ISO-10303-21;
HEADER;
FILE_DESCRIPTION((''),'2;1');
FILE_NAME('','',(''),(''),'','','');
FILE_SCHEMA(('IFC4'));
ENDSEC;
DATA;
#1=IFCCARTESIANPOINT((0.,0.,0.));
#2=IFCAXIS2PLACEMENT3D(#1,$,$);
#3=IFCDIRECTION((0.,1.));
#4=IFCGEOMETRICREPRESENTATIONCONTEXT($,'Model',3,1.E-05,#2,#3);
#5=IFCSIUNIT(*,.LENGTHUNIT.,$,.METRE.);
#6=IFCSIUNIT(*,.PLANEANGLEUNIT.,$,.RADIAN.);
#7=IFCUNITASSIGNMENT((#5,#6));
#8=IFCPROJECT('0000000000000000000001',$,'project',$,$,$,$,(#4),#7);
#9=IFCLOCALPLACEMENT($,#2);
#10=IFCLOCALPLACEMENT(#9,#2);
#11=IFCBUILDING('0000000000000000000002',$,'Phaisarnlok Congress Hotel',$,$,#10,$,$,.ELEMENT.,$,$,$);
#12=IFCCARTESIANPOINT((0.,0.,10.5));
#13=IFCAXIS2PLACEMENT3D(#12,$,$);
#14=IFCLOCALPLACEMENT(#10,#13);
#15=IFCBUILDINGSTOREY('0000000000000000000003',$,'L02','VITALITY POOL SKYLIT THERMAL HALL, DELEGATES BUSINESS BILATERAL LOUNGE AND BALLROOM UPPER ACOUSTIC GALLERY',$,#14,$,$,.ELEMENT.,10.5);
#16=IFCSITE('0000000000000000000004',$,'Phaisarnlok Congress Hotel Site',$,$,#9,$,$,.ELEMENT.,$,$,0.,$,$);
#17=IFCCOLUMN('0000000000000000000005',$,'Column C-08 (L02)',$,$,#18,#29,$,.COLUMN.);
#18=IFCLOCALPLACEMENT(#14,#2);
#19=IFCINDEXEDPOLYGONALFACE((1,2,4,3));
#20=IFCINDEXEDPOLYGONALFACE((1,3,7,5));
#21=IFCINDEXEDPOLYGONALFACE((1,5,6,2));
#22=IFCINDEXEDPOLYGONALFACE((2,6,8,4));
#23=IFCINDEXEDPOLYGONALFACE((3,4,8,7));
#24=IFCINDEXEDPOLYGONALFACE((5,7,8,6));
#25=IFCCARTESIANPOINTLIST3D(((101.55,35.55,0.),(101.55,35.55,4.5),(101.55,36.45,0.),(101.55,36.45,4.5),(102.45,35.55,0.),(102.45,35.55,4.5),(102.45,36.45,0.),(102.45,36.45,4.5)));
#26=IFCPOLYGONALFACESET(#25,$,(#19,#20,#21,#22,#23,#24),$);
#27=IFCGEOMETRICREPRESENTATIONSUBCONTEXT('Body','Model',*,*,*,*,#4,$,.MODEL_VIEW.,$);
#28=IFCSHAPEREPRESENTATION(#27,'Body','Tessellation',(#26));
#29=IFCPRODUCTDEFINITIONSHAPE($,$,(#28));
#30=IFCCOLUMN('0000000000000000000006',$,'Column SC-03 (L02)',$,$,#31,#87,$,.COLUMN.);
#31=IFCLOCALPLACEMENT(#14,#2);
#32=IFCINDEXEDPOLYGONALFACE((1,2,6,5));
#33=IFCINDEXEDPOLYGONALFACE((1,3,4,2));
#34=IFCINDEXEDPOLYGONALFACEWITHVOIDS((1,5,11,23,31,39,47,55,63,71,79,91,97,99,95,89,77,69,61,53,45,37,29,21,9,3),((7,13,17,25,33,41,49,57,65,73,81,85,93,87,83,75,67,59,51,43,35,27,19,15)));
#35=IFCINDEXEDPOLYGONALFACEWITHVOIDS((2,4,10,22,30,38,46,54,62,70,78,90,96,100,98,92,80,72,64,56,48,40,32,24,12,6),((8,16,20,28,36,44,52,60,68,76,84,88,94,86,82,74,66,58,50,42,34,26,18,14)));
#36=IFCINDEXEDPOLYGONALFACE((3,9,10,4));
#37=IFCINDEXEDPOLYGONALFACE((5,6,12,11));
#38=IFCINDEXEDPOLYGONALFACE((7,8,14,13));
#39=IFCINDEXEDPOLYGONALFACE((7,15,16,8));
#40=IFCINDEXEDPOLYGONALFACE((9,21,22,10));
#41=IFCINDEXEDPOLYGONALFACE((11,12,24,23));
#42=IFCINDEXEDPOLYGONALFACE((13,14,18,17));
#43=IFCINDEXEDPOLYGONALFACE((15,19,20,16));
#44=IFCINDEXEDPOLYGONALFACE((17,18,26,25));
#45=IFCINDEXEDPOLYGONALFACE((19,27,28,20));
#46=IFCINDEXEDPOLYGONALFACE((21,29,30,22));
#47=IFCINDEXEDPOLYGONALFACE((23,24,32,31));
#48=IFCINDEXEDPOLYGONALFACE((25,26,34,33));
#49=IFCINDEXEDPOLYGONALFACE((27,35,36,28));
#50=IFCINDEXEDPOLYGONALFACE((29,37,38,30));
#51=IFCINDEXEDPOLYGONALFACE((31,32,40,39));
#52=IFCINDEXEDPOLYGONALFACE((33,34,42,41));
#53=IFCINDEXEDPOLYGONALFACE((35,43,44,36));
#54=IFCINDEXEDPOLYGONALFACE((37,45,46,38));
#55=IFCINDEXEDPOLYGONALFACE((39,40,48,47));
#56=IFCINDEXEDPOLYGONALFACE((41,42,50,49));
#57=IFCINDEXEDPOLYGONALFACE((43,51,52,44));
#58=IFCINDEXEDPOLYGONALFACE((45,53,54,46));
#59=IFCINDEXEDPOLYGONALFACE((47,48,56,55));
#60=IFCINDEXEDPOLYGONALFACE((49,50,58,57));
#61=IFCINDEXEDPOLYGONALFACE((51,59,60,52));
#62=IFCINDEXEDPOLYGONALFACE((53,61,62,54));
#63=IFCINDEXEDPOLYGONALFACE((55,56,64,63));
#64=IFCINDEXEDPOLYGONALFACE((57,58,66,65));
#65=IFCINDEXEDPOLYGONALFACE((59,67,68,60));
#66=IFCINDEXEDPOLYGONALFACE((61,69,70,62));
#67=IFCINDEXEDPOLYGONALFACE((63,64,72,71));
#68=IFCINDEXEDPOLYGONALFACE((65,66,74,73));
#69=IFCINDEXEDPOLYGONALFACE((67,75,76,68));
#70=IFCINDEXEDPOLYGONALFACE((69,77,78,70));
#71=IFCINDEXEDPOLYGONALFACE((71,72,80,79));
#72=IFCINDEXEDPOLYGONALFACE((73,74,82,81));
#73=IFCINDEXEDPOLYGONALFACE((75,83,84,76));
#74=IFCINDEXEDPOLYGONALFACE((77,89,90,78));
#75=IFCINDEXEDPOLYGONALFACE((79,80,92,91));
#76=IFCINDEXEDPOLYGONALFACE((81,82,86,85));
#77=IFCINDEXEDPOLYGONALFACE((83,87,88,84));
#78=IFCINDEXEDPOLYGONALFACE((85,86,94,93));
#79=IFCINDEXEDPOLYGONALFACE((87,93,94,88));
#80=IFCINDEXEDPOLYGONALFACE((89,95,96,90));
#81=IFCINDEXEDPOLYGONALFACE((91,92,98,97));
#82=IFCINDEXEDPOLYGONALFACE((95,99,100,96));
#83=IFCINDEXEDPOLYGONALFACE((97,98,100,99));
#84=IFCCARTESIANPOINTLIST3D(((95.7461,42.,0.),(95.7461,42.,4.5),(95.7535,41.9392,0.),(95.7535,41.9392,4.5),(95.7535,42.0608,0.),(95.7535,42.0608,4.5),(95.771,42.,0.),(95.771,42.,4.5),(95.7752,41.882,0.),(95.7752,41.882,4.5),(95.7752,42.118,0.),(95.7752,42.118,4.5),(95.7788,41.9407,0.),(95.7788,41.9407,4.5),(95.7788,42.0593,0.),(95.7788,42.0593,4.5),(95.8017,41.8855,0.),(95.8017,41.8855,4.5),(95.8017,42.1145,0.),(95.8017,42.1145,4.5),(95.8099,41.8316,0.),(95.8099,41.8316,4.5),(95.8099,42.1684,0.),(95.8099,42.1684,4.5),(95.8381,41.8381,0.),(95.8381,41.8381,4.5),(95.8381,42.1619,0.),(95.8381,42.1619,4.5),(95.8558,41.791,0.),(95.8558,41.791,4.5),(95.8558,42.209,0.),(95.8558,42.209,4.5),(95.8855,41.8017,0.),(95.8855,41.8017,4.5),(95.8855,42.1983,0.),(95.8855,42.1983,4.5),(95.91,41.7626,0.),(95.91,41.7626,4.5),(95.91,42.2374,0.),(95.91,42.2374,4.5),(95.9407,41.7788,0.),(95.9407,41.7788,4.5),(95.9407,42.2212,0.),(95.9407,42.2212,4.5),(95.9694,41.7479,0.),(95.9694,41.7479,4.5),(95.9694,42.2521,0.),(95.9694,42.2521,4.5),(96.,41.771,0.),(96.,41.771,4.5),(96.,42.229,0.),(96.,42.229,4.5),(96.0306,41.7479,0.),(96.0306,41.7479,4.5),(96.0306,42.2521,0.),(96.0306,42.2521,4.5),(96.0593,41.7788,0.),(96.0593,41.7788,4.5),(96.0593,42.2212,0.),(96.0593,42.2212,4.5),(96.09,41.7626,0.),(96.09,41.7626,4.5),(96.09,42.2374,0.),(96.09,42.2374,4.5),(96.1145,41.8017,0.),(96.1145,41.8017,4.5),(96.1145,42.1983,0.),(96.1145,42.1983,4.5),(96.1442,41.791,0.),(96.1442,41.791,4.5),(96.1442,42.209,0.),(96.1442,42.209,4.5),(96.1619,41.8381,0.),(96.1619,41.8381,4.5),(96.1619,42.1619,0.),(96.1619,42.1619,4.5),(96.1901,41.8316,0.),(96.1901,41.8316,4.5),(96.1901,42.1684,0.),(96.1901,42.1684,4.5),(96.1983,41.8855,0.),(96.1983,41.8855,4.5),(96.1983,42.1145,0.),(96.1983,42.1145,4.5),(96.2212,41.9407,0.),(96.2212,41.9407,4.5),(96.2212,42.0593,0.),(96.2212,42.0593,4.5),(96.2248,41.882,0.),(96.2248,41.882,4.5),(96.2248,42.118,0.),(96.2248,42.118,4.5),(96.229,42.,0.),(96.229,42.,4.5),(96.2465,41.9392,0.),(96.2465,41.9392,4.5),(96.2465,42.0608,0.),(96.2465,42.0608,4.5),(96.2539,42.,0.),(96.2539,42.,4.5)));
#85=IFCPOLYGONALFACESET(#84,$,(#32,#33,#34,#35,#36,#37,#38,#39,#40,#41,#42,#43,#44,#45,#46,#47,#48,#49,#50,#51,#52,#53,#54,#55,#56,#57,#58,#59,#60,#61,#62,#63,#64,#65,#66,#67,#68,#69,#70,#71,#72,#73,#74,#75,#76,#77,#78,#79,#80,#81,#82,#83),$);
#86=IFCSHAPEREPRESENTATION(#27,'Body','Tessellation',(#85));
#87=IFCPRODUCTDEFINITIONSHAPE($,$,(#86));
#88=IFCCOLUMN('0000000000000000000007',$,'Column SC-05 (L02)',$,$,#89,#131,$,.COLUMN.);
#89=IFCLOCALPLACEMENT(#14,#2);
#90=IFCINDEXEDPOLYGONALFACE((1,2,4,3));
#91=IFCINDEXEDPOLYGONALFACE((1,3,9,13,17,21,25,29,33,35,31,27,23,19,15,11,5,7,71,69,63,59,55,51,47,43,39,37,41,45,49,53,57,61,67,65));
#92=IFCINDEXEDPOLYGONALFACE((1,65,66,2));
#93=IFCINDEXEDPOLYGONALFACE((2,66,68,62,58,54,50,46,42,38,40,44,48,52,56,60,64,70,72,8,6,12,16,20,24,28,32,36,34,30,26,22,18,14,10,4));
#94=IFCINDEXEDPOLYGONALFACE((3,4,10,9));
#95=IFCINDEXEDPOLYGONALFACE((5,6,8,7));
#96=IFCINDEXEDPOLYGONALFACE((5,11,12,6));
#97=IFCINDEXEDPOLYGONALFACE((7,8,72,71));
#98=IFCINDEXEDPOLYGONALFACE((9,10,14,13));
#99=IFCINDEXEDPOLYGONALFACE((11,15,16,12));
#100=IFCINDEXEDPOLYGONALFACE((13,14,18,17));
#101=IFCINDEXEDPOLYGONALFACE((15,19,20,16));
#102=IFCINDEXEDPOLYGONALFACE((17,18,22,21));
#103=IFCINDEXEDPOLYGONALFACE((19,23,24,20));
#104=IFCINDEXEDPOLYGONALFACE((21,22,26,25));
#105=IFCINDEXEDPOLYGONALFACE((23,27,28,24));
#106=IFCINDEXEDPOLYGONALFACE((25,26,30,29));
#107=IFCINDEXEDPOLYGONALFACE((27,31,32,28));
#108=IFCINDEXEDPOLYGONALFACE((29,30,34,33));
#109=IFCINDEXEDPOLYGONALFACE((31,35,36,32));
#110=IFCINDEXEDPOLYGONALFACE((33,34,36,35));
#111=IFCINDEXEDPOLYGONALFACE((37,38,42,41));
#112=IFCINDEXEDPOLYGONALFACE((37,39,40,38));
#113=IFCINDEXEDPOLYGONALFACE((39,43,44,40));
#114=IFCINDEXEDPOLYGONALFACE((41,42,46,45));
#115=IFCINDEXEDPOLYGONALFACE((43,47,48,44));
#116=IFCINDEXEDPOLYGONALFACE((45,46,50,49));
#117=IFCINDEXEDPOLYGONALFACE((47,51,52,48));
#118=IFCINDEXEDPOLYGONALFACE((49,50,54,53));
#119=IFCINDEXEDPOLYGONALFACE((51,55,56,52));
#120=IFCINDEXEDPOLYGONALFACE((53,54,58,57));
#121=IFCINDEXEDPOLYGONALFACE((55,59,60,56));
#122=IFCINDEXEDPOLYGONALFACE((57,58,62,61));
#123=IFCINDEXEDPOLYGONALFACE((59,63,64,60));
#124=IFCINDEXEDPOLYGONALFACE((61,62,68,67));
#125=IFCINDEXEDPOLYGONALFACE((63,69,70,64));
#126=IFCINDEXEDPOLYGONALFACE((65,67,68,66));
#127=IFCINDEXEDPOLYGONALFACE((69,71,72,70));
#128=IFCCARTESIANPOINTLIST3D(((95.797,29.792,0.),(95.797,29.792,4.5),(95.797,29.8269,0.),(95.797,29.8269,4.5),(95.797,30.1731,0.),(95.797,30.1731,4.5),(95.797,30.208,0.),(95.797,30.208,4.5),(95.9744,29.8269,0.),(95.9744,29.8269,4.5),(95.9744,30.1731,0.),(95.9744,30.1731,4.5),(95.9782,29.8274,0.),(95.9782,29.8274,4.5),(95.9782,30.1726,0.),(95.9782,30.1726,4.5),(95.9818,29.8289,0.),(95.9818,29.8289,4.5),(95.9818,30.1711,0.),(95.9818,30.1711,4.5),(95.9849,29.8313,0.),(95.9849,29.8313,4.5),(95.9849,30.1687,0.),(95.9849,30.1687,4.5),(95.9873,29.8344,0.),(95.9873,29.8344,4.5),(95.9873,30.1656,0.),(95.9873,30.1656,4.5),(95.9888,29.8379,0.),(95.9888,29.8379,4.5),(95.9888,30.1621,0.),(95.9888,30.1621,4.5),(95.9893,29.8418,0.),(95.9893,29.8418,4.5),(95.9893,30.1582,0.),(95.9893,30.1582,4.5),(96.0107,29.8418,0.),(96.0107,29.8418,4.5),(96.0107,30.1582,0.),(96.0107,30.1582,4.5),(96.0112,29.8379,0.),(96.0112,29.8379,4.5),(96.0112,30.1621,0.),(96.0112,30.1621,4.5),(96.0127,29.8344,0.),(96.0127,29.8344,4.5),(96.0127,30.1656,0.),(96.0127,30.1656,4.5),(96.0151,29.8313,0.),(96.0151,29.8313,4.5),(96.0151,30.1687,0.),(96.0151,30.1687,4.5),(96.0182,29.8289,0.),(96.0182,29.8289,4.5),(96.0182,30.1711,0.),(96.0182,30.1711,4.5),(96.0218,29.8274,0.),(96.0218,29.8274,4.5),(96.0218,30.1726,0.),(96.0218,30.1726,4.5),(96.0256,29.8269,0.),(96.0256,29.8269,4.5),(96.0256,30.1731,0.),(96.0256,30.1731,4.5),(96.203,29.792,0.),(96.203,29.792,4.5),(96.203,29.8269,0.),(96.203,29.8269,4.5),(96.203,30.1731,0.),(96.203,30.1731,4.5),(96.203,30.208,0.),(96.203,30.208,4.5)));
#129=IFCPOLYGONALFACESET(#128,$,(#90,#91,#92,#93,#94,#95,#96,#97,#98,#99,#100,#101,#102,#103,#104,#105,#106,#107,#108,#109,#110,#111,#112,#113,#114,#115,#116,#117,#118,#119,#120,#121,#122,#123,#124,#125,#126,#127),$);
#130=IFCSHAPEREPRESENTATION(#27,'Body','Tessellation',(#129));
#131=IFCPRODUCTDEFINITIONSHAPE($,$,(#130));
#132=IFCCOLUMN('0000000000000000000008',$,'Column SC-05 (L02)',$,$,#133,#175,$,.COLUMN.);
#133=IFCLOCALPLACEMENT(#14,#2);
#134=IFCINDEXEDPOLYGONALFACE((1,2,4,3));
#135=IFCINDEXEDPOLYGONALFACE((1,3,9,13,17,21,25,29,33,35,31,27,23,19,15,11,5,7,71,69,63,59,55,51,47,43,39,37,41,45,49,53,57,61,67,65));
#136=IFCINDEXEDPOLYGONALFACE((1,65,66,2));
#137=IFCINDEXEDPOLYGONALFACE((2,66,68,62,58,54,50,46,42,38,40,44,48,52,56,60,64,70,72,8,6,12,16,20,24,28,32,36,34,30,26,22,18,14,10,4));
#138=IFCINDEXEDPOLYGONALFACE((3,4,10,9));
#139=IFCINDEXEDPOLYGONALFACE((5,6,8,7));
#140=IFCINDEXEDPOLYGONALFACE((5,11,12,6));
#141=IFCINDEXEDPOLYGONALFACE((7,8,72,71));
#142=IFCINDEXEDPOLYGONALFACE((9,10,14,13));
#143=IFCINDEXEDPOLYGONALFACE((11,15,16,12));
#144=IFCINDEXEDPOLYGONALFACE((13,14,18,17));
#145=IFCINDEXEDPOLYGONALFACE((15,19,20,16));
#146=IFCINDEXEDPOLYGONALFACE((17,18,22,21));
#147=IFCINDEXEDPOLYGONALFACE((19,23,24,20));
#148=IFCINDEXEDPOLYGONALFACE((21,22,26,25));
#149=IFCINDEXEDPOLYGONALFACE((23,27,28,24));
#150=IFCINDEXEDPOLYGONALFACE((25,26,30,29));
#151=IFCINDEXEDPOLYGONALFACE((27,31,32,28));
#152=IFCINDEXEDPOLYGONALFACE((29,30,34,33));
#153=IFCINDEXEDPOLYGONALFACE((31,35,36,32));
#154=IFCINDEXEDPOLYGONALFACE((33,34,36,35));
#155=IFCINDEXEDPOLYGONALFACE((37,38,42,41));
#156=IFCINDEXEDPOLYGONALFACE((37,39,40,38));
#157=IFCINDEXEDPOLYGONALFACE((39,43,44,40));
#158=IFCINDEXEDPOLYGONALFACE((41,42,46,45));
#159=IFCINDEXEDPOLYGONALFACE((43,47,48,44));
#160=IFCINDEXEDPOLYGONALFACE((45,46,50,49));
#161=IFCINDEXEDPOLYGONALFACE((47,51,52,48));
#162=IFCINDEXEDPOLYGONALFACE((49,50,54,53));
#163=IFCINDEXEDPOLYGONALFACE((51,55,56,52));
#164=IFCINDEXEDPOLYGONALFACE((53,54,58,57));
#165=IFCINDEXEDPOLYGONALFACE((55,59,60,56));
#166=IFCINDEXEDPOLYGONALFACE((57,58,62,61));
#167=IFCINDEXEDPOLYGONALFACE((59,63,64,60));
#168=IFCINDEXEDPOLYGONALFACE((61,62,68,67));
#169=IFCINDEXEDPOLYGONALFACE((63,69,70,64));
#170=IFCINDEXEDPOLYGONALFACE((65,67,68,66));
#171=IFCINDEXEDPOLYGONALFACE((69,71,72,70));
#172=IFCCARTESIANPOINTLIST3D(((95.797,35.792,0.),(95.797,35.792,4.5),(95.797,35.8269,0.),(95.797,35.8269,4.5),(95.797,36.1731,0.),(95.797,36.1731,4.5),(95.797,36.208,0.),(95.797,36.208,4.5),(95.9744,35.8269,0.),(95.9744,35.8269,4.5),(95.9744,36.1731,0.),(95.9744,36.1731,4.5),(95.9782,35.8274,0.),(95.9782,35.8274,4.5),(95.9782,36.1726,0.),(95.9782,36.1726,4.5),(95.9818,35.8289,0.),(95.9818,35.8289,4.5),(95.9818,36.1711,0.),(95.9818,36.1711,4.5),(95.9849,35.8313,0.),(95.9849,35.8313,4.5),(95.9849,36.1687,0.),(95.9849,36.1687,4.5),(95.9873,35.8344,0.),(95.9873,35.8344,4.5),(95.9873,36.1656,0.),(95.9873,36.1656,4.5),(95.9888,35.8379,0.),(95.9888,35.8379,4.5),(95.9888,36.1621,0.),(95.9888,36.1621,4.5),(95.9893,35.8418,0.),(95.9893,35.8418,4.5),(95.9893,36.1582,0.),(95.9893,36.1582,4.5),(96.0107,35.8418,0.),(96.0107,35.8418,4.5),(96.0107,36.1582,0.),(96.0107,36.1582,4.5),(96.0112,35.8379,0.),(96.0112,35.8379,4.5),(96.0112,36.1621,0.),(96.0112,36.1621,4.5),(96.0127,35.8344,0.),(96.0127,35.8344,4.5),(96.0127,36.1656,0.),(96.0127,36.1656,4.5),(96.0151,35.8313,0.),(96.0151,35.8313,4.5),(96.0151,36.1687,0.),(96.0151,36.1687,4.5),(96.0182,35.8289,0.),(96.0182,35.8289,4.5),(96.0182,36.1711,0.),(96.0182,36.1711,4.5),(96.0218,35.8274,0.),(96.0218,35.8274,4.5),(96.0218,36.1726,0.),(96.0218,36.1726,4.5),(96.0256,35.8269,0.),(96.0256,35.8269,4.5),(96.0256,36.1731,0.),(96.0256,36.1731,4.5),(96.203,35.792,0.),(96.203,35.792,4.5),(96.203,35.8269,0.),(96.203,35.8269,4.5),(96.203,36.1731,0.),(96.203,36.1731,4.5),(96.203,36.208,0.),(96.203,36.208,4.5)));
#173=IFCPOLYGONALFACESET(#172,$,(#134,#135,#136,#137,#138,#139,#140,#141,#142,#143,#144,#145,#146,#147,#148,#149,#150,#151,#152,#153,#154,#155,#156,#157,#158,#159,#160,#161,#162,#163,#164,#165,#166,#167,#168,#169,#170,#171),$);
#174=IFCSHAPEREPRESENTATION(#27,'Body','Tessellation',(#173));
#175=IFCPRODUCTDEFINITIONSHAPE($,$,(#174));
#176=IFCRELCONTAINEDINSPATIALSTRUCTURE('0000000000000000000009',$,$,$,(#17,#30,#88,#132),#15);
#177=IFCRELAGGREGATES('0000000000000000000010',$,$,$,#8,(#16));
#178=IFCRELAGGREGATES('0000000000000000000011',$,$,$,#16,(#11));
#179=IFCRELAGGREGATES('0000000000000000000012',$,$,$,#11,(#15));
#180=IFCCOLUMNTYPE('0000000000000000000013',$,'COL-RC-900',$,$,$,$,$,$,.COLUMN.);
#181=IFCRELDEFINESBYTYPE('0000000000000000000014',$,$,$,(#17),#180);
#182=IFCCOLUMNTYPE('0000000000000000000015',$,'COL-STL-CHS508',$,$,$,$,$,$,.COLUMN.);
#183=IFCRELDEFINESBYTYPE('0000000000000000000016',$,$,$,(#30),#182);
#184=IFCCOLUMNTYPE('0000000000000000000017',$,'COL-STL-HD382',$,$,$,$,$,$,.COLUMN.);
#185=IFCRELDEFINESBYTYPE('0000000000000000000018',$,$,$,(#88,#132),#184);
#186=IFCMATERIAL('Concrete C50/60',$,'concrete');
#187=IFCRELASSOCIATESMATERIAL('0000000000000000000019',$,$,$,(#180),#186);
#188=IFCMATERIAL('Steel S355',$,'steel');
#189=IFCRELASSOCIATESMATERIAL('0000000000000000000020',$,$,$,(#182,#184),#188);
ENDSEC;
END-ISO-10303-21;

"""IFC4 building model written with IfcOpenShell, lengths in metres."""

from ifc_helpers import new_model, si_unit, direction, frame, origin, origin_2d, place, context, subcontext, project, spatial, rectangle, hollow_circle, i_section, extrude, material, material_profile, profile_set, type_object, element, save


model = new_model("IFC4")

# Units and contexts
model_context = context("Model", 3, precision=1e-05, world=origin(), true_north=direction((0.0, 1.0)))
body_context = subcontext(model_context, "Body", "Model", "MODEL_VIEW")
ifc_project = project(units=[si_unit("LENGTHUNIT", "METRE"), si_unit("PLANEANGLEUNIT", "RADIAN")], contexts=[model_context])

# Site, building, storey
site_placement = place(None, origin())
site = spatial("IfcSite", under=ifc_project, at=site_placement, Name="Phaisarnlok Congress Hotel Site", CompositionType="ELEMENT", RefElevation=0.0)
building_placement = place(site_placement, origin())
building = spatial("IfcBuilding", under=site, at=building_placement, Name="Phaisarnlok Congress Hotel", CompositionType="ELEMENT")
storey_placement = place(building_placement, frame((0.0, 0.0, 10.5)))
storey = spatial("IfcBuildingStorey", under=building, at=storey_placement, Name="L02", Description="VITALITY POOL SKYLIT THERMAL HALL, DELEGATES BUSINESS BILATERAL LOUNGE AND BALLROOM UPPER ACOUSTIC GALLERY", CompositionType="ELEMENT", Elevation=10.5)

# Columns
ifc_material_1 = material(Name="Concrete C50/60", Category="concrete")
ifc_material_profile_1 = material_profile(ifc_material_1, rectangle(XDim=0.8999, YDim=0.8999, at=origin_2d()), Name="RC 900x900")
ifc_profile_set_1 = profile_set([ifc_material_profile_1], Name="Concrete C50/60")
column_type_1 = type_object("IfcColumnType", Name="COL-RC-900", PredefinedType="COLUMN", material=ifc_profile_set_1)
column_1_placement = place(storey_placement, frame((102.0, 36.0, 0.0), z_axis=(0.0, 0.0, 1.0), x_axis=(1.0, 0.0, 0.0)))
element("IfcColumn", 1, at=column_1_placement, inside=storey, type_object=column_type_1, Name="Column C-08 (L02)", PredefinedType="COLUMN", context=body_context, shape_type="SweptSolid", body=[
    extrude(rectangle(XDim=0.8999, YDim=0.8999, at=origin_2d()), origin(), (0.0, 0.0, 1.0), 4.5),
])
ifc_material_2 = material(Name="Steel S355", Category="steel")
ifc_material_profile_2 = material_profile(ifc_material_2, hollow_circle(Radius=0.2539, WallThickness=0.0249, at=origin_2d()), Name="CHS 508x25")
ifc_profile_set_2 = profile_set([ifc_material_profile_2], Name="Steel S355")
column_type_2 = type_object("IfcColumnType", Name="COL-STL-CHS508", PredefinedType="COLUMN", material=ifc_profile_set_2)
column_2_placement = place(storey_placement, frame((96.0, 42.0, 0.0), z_axis=(0.0, 0.0, 1.0), x_axis=(1.0, 0.0, 0.0)))
element("IfcColumn", 2, at=column_2_placement, inside=storey, type_object=column_type_2, Name="Column SC-03 (L02)", PredefinedType="COLUMN", context=body_context, shape_type="SweptSolid", body=[
    extrude(hollow_circle(Radius=0.2539, WallThickness=0.0249, at=origin_2d()), origin(), (0.0, 0.0, 1.0), 4.5),
])
ifc_material_profile_3 = material_profile(ifc_material_2, i_section(OverallWidth=0.406, OverallDepth=0.416, WebThickness=0.0215, FlangeThickness=0.0349, FilletRadius=0.0149, at=origin_2d()), Name="HD 400x382")
ifc_profile_set_3 = profile_set([ifc_material_profile_3], Name="Steel S355")
column_type_3 = type_object("IfcColumnType", Name="COL-STL-HD382", PredefinedType="COLUMN", material=ifc_profile_set_3)
for number, where, z_axis, x_axis, name in (
    (3, (96.0, 30.0, 0.0), (0.0, 0.0, 1.0), (1.0, 0.0, 0.0), "Column SC-05 (L02)"),
    (4, (96.0, 36.0, 0.0), (0.0, 0.0, 1.0), (1.0, 0.0, 0.0), "Column SC-05 (L02)"),
):
    element("IfcColumn", number, at=place(storey_placement, frame(where, z_axis=z_axis, x_axis=x_axis)), inside=storey, type_object=column_type_3, Name=name, PredefinedType="COLUMN", context=body_context, shape_type="SweptSolid", body=[
        extrude(i_section(OverallWidth=0.406, OverallDepth=0.416, WebThickness=0.0215, FlangeThickness=0.0349, FilletRadius=0.0149, at=origin_2d()), origin(), (0.0, 0.0, 1.0), 4.5),
    ])

save(model, "model.ifc")
